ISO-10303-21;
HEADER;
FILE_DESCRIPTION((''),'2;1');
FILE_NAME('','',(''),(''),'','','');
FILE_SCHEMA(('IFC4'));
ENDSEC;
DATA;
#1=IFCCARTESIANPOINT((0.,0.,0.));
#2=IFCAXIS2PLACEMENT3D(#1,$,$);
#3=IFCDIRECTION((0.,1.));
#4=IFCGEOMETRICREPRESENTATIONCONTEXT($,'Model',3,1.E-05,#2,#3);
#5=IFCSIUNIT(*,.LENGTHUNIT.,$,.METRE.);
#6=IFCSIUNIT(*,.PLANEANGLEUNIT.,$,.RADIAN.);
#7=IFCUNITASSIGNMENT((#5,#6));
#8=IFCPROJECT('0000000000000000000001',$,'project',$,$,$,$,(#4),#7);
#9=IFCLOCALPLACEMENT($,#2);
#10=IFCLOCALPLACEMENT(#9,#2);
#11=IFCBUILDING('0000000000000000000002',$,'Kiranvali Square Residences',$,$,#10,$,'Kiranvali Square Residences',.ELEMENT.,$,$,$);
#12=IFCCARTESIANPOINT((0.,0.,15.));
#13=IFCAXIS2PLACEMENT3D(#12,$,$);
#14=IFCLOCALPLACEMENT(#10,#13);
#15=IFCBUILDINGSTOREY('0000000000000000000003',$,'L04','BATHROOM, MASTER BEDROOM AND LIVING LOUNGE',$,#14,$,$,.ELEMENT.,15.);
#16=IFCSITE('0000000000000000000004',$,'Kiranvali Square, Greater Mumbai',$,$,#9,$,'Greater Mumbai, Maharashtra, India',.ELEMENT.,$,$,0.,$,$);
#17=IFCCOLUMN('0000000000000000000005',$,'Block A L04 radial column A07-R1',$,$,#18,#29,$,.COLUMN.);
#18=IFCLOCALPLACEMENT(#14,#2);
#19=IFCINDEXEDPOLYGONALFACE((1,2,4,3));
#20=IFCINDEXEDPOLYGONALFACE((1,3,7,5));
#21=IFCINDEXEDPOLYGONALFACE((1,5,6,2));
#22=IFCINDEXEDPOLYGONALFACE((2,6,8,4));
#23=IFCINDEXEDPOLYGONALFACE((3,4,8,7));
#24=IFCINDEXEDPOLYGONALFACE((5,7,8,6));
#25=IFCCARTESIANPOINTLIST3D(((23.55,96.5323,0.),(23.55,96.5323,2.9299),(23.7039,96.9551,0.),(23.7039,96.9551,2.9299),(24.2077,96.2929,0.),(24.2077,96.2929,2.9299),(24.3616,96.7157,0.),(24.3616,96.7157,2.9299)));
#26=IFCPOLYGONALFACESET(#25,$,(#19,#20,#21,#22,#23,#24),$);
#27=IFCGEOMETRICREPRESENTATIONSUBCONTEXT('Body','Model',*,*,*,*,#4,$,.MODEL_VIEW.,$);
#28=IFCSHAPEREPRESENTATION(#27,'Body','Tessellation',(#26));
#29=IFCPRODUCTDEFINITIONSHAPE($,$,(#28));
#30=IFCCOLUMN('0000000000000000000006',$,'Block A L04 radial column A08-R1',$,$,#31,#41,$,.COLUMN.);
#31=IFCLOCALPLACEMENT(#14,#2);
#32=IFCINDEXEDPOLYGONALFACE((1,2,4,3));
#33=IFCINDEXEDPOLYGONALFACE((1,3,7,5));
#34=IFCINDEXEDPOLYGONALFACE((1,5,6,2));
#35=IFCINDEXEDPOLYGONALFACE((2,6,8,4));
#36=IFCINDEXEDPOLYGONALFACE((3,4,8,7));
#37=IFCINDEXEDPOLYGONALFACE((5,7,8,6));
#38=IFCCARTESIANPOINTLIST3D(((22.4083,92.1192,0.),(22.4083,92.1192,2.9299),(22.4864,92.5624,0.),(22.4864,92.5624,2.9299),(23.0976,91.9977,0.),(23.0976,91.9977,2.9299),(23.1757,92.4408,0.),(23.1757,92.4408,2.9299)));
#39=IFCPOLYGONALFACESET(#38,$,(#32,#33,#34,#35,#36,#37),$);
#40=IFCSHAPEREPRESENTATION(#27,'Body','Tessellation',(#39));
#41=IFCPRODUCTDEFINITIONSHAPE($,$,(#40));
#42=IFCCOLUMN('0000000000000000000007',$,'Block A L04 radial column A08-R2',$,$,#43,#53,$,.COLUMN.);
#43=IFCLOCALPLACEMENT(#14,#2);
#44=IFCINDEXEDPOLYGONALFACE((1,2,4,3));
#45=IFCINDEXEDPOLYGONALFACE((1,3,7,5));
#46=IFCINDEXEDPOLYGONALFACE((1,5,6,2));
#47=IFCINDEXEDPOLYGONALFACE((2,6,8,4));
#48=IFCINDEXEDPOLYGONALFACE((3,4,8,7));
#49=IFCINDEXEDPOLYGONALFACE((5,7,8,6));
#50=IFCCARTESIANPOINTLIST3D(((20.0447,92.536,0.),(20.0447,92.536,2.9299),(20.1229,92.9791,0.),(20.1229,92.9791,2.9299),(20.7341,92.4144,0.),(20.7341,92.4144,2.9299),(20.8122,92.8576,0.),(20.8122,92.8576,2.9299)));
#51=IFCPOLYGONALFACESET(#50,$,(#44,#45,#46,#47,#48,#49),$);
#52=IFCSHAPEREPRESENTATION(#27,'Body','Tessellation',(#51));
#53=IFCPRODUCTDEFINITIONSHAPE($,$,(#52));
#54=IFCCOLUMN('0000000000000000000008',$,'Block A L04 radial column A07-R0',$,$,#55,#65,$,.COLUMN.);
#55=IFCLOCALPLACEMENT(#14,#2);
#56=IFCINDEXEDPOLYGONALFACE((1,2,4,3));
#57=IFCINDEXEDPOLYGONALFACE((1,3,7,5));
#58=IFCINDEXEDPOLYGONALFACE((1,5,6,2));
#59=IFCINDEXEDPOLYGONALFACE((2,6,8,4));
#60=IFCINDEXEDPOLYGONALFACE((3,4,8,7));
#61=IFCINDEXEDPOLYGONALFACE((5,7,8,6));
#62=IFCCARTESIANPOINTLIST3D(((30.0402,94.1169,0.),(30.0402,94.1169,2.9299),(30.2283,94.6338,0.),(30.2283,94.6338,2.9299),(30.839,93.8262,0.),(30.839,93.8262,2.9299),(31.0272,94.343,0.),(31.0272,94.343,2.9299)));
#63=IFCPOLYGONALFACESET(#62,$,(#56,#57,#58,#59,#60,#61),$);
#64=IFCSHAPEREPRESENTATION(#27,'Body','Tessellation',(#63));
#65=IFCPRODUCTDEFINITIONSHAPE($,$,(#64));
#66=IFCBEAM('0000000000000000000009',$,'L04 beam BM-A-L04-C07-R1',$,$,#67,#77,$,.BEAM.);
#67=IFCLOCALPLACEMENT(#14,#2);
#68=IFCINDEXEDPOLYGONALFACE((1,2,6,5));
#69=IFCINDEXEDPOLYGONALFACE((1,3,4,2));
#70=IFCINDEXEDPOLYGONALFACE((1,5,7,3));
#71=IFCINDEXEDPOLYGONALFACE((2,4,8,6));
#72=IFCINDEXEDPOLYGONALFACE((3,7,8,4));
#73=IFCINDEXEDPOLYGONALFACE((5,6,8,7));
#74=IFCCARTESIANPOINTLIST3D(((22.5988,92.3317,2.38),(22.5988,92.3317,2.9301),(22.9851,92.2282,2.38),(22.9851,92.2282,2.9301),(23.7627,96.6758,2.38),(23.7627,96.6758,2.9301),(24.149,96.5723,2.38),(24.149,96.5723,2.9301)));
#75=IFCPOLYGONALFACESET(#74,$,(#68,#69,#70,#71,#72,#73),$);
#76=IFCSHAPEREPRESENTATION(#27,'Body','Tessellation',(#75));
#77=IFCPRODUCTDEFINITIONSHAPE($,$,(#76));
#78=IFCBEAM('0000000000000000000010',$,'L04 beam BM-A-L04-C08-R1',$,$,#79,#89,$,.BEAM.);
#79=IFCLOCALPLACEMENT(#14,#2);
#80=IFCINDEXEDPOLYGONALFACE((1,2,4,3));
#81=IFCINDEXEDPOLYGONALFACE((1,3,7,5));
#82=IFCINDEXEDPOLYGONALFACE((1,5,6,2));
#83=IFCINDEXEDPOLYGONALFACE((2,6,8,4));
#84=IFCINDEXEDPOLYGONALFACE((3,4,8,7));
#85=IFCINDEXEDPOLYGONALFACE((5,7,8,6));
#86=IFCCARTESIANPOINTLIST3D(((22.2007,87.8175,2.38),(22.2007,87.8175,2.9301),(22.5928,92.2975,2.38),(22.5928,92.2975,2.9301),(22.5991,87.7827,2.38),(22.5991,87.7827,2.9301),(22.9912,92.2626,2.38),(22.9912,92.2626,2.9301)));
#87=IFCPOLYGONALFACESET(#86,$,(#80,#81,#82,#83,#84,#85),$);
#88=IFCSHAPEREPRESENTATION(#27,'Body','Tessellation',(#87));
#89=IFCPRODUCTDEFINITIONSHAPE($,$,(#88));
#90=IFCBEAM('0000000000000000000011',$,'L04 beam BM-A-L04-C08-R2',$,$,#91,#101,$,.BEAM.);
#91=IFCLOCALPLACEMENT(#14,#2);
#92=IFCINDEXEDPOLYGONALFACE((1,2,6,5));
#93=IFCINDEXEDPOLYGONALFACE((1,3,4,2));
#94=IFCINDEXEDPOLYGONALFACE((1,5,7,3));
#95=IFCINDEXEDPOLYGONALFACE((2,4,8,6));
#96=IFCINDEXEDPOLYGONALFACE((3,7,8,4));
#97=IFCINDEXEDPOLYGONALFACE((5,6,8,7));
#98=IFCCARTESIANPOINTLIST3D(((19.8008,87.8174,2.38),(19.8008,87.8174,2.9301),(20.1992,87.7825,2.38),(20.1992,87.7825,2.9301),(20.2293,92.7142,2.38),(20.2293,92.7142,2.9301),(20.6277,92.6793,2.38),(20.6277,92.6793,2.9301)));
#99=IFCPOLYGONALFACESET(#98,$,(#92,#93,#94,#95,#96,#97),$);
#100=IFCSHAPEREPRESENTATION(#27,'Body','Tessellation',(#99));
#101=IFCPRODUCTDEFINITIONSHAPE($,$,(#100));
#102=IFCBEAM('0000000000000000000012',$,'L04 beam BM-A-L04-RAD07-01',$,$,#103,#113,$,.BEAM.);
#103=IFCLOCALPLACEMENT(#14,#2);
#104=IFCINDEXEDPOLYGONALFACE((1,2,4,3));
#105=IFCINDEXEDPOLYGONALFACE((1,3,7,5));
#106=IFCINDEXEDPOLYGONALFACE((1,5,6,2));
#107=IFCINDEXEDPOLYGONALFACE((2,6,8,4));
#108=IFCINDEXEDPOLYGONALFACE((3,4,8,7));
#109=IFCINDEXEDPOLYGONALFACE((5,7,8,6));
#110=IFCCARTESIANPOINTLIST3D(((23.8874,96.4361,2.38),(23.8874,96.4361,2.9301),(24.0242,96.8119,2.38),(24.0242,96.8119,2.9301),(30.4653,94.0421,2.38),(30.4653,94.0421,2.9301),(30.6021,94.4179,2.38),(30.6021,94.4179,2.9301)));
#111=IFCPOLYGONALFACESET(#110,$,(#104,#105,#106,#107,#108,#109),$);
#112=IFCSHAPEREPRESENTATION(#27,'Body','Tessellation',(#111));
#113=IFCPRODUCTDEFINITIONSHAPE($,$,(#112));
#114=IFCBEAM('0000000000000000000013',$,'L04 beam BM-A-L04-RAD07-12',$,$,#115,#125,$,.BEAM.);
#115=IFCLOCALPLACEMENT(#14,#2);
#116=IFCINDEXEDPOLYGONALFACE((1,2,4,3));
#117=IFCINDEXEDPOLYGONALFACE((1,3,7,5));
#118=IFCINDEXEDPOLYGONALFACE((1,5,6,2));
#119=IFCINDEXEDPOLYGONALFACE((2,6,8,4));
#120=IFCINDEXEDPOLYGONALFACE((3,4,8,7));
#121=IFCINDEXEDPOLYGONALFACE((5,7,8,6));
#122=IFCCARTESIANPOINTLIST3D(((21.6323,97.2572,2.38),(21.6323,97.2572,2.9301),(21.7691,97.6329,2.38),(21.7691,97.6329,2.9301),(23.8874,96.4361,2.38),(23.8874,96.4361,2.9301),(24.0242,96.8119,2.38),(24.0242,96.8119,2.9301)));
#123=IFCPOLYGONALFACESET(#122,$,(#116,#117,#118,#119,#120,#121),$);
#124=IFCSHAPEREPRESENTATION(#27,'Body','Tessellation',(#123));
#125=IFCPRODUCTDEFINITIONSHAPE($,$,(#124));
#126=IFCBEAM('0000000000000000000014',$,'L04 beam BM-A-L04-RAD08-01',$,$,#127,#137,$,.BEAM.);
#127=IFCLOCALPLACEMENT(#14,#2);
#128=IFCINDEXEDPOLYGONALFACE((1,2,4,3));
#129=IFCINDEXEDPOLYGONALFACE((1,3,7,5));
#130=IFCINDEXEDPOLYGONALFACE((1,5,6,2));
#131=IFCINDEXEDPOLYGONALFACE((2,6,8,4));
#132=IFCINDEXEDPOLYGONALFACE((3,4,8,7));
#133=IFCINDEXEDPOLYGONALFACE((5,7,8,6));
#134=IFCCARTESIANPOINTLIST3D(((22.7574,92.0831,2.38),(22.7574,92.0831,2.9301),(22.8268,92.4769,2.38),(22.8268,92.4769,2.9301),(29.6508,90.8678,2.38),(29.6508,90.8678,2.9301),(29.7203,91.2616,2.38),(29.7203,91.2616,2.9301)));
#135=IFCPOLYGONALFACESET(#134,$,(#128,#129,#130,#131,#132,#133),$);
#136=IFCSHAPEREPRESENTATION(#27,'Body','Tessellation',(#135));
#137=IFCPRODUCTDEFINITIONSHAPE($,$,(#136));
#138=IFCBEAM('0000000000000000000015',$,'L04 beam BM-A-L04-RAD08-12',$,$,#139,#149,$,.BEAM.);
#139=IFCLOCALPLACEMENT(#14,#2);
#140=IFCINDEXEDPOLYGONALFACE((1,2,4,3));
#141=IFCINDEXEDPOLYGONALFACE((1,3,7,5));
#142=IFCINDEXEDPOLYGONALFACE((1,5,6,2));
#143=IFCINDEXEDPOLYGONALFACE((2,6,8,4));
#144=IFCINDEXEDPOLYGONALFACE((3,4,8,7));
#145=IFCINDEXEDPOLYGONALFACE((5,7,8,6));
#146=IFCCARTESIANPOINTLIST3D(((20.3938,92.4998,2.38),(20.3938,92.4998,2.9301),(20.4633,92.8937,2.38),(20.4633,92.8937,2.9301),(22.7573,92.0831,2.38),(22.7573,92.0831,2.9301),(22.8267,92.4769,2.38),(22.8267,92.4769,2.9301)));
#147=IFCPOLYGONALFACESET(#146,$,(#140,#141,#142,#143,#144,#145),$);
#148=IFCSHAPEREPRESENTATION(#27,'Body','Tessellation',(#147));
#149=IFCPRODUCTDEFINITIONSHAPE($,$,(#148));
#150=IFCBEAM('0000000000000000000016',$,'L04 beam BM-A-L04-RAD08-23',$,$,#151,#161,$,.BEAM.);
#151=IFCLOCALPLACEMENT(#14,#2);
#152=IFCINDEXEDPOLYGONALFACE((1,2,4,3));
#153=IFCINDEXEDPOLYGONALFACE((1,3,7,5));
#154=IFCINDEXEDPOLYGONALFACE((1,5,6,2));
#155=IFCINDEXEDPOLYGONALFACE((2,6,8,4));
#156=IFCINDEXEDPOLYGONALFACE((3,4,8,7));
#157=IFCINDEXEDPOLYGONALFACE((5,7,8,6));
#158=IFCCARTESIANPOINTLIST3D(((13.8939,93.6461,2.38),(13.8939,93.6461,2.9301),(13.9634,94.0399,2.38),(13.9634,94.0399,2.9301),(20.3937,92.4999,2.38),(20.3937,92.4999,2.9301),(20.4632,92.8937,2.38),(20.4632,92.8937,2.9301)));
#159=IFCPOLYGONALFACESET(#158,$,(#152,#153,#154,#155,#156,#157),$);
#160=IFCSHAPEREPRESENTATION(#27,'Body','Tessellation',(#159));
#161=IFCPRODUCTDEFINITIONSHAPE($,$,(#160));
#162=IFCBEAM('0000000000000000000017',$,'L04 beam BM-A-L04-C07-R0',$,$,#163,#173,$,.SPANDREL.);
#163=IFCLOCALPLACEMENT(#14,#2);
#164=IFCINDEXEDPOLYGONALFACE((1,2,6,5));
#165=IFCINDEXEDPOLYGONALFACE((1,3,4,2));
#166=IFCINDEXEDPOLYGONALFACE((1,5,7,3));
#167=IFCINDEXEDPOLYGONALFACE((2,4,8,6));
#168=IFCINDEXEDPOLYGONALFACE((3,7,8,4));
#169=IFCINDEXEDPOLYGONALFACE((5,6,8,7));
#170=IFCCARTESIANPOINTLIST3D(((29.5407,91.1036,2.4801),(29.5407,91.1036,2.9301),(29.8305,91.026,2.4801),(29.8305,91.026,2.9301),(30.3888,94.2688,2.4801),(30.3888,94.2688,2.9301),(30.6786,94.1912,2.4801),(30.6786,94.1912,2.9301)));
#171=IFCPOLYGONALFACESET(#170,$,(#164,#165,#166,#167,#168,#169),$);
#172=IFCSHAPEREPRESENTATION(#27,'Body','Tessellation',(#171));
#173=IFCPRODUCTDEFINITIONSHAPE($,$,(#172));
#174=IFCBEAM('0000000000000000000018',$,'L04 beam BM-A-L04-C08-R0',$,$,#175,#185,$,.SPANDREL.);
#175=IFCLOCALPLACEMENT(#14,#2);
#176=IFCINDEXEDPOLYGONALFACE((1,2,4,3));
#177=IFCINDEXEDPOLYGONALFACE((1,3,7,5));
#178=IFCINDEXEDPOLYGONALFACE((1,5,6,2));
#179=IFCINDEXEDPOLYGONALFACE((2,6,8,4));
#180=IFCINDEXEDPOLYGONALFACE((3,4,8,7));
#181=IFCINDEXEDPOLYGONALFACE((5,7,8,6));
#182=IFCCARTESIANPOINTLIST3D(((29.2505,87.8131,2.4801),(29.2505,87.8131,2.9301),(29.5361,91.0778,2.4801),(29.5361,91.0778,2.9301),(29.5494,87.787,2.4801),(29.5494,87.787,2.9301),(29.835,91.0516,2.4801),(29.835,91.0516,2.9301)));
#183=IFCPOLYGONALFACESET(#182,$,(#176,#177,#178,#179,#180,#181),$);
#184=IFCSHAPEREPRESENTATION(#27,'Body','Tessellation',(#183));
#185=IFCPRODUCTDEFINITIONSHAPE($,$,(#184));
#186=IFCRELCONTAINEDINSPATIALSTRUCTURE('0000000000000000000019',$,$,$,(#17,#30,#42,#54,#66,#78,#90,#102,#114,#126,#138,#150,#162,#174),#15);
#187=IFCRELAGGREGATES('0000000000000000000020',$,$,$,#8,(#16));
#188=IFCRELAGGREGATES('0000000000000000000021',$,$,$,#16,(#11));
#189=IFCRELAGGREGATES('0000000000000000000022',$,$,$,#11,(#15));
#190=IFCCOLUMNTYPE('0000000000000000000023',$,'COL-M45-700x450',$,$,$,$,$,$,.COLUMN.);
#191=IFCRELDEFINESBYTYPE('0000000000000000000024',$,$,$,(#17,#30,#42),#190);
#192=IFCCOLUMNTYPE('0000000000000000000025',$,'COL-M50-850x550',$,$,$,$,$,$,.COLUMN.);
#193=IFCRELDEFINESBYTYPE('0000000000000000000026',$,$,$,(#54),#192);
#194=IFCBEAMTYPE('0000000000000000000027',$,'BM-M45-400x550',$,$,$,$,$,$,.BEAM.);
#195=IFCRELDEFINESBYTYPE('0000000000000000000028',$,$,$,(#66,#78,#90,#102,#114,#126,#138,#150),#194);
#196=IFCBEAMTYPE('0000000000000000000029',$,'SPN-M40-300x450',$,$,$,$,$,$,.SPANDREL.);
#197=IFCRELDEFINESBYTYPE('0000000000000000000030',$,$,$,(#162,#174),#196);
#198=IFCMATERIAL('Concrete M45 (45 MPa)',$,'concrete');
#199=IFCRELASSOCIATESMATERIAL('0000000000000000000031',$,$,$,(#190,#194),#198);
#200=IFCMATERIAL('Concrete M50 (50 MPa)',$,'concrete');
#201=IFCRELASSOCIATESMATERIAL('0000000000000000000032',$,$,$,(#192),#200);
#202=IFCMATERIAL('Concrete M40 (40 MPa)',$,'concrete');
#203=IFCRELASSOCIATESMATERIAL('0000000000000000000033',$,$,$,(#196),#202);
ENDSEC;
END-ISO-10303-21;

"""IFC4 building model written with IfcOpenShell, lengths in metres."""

from ifc_helpers import new_model, si_unit, direction, frame, origin, origin_2d, place, context, subcontext, project, spatial, rectangle, extrude, material, material_profile, profile_set, type_object, element, save


model = new_model("IFC4")

# Units and contexts
model_context = context("Model", 3, precision=1e-05, world=origin(), true_north=direction((0.0, 1.0)))
body_context = subcontext(model_context, "Body", "Model", "MODEL_VIEW")
ifc_project = project(units=[si_unit("LENGTHUNIT", "METRE"), si_unit("PLANEANGLEUNIT", "RADIAN")], contexts=[model_context])

# Site, building, storey
site_placement = place(None, origin())
site = spatial("IfcSite", under=ifc_project, at=site_placement, Name="Kiranvali Square, Greater Mumbai", LongName="Greater Mumbai, Maharashtra, India", CompositionType="ELEMENT", RefElevation=0.0)
building_placement = place(site_placement, origin())
building = spatial("IfcBuilding", under=site, at=building_placement, Name="Kiranvali Square Residences", LongName="Kiranvali Square Residences", CompositionType="ELEMENT")
storey_placement = place(building_placement, frame((0.0, 0.0, 15.0)))
storey = spatial("IfcBuildingStorey", under=building, at=storey_placement, Name="L04", Description="BATHROOM, MASTER BEDROOM AND LIVING LOUNGE", CompositionType="ELEMENT", Elevation=15.0)

# Columns
ifc_material_1 = material(Name="Concrete M45 (45 MPa)", Category="concrete")
ifc_material_profile_1 = material_profile(ifc_material_1, rectangle(XDim=0.45, YDim=0.7, at=origin_2d()), Name="RC 700x450")
ifc_profile_set_1 = profile_set([ifc_material_profile_1], Name="Concrete M45 (45 MPa)")
column_type_1 = type_object("IfcColumnType", Name="COL-M45-700x450", PredefinedType="COLUMN", material=ifc_profile_set_1)
for number, where, z_axis, x_axis, name in (
    (1, (23.9558, 96.624, 0.0), (0.0, 0.0, 1.0), (0.34202, 0.939693, 0.0), "Block A L04 radial column A07-R1"),
    (2, (22.792, 92.28, 0.0), (0.0, 0.0, 1.0), (0.173648, 0.984808, 0.0), "Block A L04 radial column A08-R1"),
    (3, (20.4285, 92.6968, 0.0), (0.0, 0.0, 1.0), (0.173648, 0.984808, 0.0), "Block A L04 radial column A08-R2"),
):
    element("IfcColumn", number, at=place(storey_placement, frame(where, z_axis=z_axis, x_axis=x_axis)), inside=storey, type_object=column_type_1, Name=name, PredefinedType="COLUMN", context=body_context, shape_type="SweptSolid", body=[
        extrude(rectangle(XDim=0.45, YDim=0.7, at=origin_2d()), origin(), (0.0, 0.0, 1.0), 2.9299),
    ])
ifc_material_2 = material(Name="Concrete M50 (50 MPa)", Category="concrete")
ifc_material_profile_2 = material_profile(ifc_material_2, rectangle(XDim=0.55, YDim=0.8501, at=origin_2d()), Name="RC 850x550")
ifc_profile_set_2 = profile_set([ifc_material_profile_2], Name="Concrete M50 (50 MPa)")
column_type_2 = type_object("IfcColumnType", Name="COL-M50-850x550", PredefinedType="COLUMN", material=ifc_profile_set_2)
column_placement = place(storey_placement, frame((30.5337, 94.23, 0.0), z_axis=(0.0, 0.0, 1.0), x_axis=(0.34202, 0.939693, 0.0)))
element("IfcColumn", 4, at=column_placement, inside=storey, type_object=column_type_2, Name="Block A L04 radial column A07-R0", PredefinedType="COLUMN", context=body_context, shape_type="SweptSolid", body=[
    extrude(rectangle(XDim=0.55, YDim=0.8501, at=origin_2d()), origin(), (0.0, 0.0, 1.0), 2.9299),
])

# Beams
ifc_material_profile_3 = material_profile(ifc_material_1, rectangle(XDim=0.3999, YDim=0.55, at=origin_2d()), Name="RC 400x550")
ifc_profile_set_3 = profile_set([ifc_material_profile_3], Name="Concrete M45 (45 MPa)")
beam_type_1 = type_object("IfcBeamType", Name="BM-M45-400x550", PredefinedType="BEAM", material=ifc_profile_set_3)
beam_1_placement = place(storey_placement, frame((23.9558, 96.624, 2.655), z_axis=(-0.258788, -0.965934, 0.0), x_axis=(0.965934, -0.258788, 0.0)))
element("IfcBeam", 5, at=beam_1_placement, inside=storey, type_object=beam_type_1, Name="L04 beam BM-A-L04-C07-R1", PredefinedType="BEAM", context=body_context, shape_type="SweptSolid", body=[
    extrude(rectangle(XDim=0.3999, YDim=0.55, at=origin_2d()), origin(), (0.0, 0.0, 1.0), 4.4973),
])
beam_2_placement = place(storey_placement, frame((22.792, 92.28, 2.655), z_axis=(-0.087187, -0.996192, 0.0), x_axis=(0.996192, -0.087187, 0.0)))
element("IfcBeam", 6, at=beam_2_placement, inside=storey, type_object=beam_type_1, Name="L04 beam BM-A-L04-C08-R1", PredefinedType="BEAM", context=body_context, shape_type="SweptSolid", body=[
    extrude(rectangle(XDim=0.3999, YDim=0.55, at=origin_2d()), origin(), (0.0, 0.0, 1.0), 4.4971),
])
beam_3_placement = place(storey_placement, frame((20.4285, 92.6968, 2.655), z_axis=(-0.087168, -0.996194, 0.0), x_axis=(0.996194, -0.087168, 0.0)))
element("IfcBeam", 7, at=beam_3_placement, inside=storey, type_object=beam_type_1, Name="L04 beam BM-A-L04-C08-R2", PredefinedType="BEAM", context=body_context, shape_type="SweptSolid", body=[
    extrude(rectangle(XDim=0.3999, YDim=0.55, at=origin_2d()), origin(), (0.0, 0.0, 1.0), 4.9155),
])
beam_4_placement = place(storey_placement, frame((30.5337, 94.23, 2.655), z_axis=(-0.939698, 0.342006, 0.0), x_axis=(-0.342006, -0.939698, 0.0)))
element("IfcBeam", 8, at=beam_4_placement, inside=storey, type_object=beam_type_1, Name="L04 beam BM-A-L04-RAD07-01", PredefinedType="BEAM", context=body_context, shape_type="SweptSolid", body=[
    extrude(rectangle(XDim=0.3999, YDim=0.55, at=origin_2d()), origin(), (0.0, 0.0, 1.0), 7.0),
])
beam_5_placement = place(storey_placement, frame((23.9558, 96.624, 2.655), z_axis=(-0.93966, 0.342111, 0.0), x_axis=(-0.342111, -0.93966, 0.0)))
element("IfcBeam", 9, at=beam_5_placement, inside=storey, type_object=beam_type_1, Name="L04 beam BM-A-L04-RAD07-12", PredefinedType="BEAM", context=body_context, shape_type="SweptSolid", body=[
    extrude(rectangle(XDim=0.3999, YDim=0.55, at=origin_2d()), origin(), (0.0, 0.0, 1.0), 2.3999),
])
beam_6_placement = place(storey_placement, frame((29.6855, 91.0647, 2.655), z_axis=(-0.984812, 0.173622, 0.0), x_axis=(-0.173622, -0.984812, 0.0)))
element("IfcBeam", 10, at=beam_6_placement, inside=storey, type_object=beam_type_1, Name="L04 beam BM-A-L04-RAD08-01", PredefinedType="BEAM", context=body_context, shape_type="SweptSolid", body=[
    extrude(rectangle(XDim=0.3999, YDim=0.55, at=origin_2d()), origin(), (0.0, 0.0, 1.0), 6.9998),
])
beam_7_placement = place(storey_placement, frame((22.792, 92.28, 2.655), z_axis=(-0.984808, 0.173646, 0.0), x_axis=(-0.173646, -0.984808, 0.0)))
element("IfcBeam", 11, at=beam_7_placement, inside=storey, type_object=beam_type_1, Name="L04 beam BM-A-L04-RAD08-12", PredefinedType="BEAM", context=body_context, shape_type="SweptSolid", body=[
    extrude(rectangle(XDim=0.3999, YDim=0.55, at=origin_2d()), origin(), (0.0, 0.0, 1.0), 2.3999),
])
beam_8_placement = place(storey_placement, frame((20.4285, 92.6968, 2.655), z_axis=(-0.984804, 0.173671, 0.0), x_axis=(-0.173671, -0.984804, 0.0)))
element("IfcBeam", 12, at=beam_8_placement, inside=storey, type_object=beam_type_1, Name="L04 beam BM-A-L04-RAD08-23", PredefinedType="BEAM", context=body_context, shape_type="SweptSolid", body=[
    extrude(rectangle(XDim=0.3999, YDim=0.55, at=origin_2d()), origin(), (0.0, 0.0, 1.0), 6.6001),
])
ifc_material_3 = material(Name="Concrete M40 (40 MPa)", Category="concrete")
ifc_material_profile_4 = material_profile(ifc_material_3, rectangle(XDim=0.3, YDim=0.45, at=origin_2d()), Name="RC 300x450")
ifc_profile_set_4 = profile_set([ifc_material_profile_4], Name="Concrete M40 (40 MPa)")
beam_type_2 = type_object("IfcBeamType", Name="SPN-M40-300x450", PredefinedType="SPANDREL", material=ifc_profile_set_4)
beam_9_placement = place(storey_placement, frame((30.5337, 94.23, 2.7051), z_axis=(-0.258822, -0.965925, 0.0), x_axis=(0.965925, -0.258822, 0.0)))
element("IfcBeam", 13, at=beam_9_placement, inside=storey, type_object=beam_type_2, Name="L04 beam BM-A-L04-C07-R0", PredefinedType="SPANDREL", context=body_context, shape_type="SweptSolid", body=[
    extrude(rectangle(XDim=0.3, YDim=0.45, at=origin_2d()), origin(), (0.0, 0.0, 1.0), 3.2769),
])
beam_10_placement = place(storey_placement, frame((29.6855, 91.0647, 2.7051), z_axis=(-0.087163, -0.996194, 0.0), x_axis=(0.996194, -0.087163, 0.0)))
element("IfcBeam", 14, at=beam_10_placement, inside=storey, type_object=beam_type_2, Name="L04 beam BM-A-L04-C08-R0", PredefinedType="SPANDREL", context=body_context, shape_type="SweptSolid", body=[
    extrude(rectangle(XDim=0.3, YDim=0.45, at=origin_2d()), origin(), (0.0, 0.0, 1.0), 3.2771),
])

save(model, "model.ifc")
